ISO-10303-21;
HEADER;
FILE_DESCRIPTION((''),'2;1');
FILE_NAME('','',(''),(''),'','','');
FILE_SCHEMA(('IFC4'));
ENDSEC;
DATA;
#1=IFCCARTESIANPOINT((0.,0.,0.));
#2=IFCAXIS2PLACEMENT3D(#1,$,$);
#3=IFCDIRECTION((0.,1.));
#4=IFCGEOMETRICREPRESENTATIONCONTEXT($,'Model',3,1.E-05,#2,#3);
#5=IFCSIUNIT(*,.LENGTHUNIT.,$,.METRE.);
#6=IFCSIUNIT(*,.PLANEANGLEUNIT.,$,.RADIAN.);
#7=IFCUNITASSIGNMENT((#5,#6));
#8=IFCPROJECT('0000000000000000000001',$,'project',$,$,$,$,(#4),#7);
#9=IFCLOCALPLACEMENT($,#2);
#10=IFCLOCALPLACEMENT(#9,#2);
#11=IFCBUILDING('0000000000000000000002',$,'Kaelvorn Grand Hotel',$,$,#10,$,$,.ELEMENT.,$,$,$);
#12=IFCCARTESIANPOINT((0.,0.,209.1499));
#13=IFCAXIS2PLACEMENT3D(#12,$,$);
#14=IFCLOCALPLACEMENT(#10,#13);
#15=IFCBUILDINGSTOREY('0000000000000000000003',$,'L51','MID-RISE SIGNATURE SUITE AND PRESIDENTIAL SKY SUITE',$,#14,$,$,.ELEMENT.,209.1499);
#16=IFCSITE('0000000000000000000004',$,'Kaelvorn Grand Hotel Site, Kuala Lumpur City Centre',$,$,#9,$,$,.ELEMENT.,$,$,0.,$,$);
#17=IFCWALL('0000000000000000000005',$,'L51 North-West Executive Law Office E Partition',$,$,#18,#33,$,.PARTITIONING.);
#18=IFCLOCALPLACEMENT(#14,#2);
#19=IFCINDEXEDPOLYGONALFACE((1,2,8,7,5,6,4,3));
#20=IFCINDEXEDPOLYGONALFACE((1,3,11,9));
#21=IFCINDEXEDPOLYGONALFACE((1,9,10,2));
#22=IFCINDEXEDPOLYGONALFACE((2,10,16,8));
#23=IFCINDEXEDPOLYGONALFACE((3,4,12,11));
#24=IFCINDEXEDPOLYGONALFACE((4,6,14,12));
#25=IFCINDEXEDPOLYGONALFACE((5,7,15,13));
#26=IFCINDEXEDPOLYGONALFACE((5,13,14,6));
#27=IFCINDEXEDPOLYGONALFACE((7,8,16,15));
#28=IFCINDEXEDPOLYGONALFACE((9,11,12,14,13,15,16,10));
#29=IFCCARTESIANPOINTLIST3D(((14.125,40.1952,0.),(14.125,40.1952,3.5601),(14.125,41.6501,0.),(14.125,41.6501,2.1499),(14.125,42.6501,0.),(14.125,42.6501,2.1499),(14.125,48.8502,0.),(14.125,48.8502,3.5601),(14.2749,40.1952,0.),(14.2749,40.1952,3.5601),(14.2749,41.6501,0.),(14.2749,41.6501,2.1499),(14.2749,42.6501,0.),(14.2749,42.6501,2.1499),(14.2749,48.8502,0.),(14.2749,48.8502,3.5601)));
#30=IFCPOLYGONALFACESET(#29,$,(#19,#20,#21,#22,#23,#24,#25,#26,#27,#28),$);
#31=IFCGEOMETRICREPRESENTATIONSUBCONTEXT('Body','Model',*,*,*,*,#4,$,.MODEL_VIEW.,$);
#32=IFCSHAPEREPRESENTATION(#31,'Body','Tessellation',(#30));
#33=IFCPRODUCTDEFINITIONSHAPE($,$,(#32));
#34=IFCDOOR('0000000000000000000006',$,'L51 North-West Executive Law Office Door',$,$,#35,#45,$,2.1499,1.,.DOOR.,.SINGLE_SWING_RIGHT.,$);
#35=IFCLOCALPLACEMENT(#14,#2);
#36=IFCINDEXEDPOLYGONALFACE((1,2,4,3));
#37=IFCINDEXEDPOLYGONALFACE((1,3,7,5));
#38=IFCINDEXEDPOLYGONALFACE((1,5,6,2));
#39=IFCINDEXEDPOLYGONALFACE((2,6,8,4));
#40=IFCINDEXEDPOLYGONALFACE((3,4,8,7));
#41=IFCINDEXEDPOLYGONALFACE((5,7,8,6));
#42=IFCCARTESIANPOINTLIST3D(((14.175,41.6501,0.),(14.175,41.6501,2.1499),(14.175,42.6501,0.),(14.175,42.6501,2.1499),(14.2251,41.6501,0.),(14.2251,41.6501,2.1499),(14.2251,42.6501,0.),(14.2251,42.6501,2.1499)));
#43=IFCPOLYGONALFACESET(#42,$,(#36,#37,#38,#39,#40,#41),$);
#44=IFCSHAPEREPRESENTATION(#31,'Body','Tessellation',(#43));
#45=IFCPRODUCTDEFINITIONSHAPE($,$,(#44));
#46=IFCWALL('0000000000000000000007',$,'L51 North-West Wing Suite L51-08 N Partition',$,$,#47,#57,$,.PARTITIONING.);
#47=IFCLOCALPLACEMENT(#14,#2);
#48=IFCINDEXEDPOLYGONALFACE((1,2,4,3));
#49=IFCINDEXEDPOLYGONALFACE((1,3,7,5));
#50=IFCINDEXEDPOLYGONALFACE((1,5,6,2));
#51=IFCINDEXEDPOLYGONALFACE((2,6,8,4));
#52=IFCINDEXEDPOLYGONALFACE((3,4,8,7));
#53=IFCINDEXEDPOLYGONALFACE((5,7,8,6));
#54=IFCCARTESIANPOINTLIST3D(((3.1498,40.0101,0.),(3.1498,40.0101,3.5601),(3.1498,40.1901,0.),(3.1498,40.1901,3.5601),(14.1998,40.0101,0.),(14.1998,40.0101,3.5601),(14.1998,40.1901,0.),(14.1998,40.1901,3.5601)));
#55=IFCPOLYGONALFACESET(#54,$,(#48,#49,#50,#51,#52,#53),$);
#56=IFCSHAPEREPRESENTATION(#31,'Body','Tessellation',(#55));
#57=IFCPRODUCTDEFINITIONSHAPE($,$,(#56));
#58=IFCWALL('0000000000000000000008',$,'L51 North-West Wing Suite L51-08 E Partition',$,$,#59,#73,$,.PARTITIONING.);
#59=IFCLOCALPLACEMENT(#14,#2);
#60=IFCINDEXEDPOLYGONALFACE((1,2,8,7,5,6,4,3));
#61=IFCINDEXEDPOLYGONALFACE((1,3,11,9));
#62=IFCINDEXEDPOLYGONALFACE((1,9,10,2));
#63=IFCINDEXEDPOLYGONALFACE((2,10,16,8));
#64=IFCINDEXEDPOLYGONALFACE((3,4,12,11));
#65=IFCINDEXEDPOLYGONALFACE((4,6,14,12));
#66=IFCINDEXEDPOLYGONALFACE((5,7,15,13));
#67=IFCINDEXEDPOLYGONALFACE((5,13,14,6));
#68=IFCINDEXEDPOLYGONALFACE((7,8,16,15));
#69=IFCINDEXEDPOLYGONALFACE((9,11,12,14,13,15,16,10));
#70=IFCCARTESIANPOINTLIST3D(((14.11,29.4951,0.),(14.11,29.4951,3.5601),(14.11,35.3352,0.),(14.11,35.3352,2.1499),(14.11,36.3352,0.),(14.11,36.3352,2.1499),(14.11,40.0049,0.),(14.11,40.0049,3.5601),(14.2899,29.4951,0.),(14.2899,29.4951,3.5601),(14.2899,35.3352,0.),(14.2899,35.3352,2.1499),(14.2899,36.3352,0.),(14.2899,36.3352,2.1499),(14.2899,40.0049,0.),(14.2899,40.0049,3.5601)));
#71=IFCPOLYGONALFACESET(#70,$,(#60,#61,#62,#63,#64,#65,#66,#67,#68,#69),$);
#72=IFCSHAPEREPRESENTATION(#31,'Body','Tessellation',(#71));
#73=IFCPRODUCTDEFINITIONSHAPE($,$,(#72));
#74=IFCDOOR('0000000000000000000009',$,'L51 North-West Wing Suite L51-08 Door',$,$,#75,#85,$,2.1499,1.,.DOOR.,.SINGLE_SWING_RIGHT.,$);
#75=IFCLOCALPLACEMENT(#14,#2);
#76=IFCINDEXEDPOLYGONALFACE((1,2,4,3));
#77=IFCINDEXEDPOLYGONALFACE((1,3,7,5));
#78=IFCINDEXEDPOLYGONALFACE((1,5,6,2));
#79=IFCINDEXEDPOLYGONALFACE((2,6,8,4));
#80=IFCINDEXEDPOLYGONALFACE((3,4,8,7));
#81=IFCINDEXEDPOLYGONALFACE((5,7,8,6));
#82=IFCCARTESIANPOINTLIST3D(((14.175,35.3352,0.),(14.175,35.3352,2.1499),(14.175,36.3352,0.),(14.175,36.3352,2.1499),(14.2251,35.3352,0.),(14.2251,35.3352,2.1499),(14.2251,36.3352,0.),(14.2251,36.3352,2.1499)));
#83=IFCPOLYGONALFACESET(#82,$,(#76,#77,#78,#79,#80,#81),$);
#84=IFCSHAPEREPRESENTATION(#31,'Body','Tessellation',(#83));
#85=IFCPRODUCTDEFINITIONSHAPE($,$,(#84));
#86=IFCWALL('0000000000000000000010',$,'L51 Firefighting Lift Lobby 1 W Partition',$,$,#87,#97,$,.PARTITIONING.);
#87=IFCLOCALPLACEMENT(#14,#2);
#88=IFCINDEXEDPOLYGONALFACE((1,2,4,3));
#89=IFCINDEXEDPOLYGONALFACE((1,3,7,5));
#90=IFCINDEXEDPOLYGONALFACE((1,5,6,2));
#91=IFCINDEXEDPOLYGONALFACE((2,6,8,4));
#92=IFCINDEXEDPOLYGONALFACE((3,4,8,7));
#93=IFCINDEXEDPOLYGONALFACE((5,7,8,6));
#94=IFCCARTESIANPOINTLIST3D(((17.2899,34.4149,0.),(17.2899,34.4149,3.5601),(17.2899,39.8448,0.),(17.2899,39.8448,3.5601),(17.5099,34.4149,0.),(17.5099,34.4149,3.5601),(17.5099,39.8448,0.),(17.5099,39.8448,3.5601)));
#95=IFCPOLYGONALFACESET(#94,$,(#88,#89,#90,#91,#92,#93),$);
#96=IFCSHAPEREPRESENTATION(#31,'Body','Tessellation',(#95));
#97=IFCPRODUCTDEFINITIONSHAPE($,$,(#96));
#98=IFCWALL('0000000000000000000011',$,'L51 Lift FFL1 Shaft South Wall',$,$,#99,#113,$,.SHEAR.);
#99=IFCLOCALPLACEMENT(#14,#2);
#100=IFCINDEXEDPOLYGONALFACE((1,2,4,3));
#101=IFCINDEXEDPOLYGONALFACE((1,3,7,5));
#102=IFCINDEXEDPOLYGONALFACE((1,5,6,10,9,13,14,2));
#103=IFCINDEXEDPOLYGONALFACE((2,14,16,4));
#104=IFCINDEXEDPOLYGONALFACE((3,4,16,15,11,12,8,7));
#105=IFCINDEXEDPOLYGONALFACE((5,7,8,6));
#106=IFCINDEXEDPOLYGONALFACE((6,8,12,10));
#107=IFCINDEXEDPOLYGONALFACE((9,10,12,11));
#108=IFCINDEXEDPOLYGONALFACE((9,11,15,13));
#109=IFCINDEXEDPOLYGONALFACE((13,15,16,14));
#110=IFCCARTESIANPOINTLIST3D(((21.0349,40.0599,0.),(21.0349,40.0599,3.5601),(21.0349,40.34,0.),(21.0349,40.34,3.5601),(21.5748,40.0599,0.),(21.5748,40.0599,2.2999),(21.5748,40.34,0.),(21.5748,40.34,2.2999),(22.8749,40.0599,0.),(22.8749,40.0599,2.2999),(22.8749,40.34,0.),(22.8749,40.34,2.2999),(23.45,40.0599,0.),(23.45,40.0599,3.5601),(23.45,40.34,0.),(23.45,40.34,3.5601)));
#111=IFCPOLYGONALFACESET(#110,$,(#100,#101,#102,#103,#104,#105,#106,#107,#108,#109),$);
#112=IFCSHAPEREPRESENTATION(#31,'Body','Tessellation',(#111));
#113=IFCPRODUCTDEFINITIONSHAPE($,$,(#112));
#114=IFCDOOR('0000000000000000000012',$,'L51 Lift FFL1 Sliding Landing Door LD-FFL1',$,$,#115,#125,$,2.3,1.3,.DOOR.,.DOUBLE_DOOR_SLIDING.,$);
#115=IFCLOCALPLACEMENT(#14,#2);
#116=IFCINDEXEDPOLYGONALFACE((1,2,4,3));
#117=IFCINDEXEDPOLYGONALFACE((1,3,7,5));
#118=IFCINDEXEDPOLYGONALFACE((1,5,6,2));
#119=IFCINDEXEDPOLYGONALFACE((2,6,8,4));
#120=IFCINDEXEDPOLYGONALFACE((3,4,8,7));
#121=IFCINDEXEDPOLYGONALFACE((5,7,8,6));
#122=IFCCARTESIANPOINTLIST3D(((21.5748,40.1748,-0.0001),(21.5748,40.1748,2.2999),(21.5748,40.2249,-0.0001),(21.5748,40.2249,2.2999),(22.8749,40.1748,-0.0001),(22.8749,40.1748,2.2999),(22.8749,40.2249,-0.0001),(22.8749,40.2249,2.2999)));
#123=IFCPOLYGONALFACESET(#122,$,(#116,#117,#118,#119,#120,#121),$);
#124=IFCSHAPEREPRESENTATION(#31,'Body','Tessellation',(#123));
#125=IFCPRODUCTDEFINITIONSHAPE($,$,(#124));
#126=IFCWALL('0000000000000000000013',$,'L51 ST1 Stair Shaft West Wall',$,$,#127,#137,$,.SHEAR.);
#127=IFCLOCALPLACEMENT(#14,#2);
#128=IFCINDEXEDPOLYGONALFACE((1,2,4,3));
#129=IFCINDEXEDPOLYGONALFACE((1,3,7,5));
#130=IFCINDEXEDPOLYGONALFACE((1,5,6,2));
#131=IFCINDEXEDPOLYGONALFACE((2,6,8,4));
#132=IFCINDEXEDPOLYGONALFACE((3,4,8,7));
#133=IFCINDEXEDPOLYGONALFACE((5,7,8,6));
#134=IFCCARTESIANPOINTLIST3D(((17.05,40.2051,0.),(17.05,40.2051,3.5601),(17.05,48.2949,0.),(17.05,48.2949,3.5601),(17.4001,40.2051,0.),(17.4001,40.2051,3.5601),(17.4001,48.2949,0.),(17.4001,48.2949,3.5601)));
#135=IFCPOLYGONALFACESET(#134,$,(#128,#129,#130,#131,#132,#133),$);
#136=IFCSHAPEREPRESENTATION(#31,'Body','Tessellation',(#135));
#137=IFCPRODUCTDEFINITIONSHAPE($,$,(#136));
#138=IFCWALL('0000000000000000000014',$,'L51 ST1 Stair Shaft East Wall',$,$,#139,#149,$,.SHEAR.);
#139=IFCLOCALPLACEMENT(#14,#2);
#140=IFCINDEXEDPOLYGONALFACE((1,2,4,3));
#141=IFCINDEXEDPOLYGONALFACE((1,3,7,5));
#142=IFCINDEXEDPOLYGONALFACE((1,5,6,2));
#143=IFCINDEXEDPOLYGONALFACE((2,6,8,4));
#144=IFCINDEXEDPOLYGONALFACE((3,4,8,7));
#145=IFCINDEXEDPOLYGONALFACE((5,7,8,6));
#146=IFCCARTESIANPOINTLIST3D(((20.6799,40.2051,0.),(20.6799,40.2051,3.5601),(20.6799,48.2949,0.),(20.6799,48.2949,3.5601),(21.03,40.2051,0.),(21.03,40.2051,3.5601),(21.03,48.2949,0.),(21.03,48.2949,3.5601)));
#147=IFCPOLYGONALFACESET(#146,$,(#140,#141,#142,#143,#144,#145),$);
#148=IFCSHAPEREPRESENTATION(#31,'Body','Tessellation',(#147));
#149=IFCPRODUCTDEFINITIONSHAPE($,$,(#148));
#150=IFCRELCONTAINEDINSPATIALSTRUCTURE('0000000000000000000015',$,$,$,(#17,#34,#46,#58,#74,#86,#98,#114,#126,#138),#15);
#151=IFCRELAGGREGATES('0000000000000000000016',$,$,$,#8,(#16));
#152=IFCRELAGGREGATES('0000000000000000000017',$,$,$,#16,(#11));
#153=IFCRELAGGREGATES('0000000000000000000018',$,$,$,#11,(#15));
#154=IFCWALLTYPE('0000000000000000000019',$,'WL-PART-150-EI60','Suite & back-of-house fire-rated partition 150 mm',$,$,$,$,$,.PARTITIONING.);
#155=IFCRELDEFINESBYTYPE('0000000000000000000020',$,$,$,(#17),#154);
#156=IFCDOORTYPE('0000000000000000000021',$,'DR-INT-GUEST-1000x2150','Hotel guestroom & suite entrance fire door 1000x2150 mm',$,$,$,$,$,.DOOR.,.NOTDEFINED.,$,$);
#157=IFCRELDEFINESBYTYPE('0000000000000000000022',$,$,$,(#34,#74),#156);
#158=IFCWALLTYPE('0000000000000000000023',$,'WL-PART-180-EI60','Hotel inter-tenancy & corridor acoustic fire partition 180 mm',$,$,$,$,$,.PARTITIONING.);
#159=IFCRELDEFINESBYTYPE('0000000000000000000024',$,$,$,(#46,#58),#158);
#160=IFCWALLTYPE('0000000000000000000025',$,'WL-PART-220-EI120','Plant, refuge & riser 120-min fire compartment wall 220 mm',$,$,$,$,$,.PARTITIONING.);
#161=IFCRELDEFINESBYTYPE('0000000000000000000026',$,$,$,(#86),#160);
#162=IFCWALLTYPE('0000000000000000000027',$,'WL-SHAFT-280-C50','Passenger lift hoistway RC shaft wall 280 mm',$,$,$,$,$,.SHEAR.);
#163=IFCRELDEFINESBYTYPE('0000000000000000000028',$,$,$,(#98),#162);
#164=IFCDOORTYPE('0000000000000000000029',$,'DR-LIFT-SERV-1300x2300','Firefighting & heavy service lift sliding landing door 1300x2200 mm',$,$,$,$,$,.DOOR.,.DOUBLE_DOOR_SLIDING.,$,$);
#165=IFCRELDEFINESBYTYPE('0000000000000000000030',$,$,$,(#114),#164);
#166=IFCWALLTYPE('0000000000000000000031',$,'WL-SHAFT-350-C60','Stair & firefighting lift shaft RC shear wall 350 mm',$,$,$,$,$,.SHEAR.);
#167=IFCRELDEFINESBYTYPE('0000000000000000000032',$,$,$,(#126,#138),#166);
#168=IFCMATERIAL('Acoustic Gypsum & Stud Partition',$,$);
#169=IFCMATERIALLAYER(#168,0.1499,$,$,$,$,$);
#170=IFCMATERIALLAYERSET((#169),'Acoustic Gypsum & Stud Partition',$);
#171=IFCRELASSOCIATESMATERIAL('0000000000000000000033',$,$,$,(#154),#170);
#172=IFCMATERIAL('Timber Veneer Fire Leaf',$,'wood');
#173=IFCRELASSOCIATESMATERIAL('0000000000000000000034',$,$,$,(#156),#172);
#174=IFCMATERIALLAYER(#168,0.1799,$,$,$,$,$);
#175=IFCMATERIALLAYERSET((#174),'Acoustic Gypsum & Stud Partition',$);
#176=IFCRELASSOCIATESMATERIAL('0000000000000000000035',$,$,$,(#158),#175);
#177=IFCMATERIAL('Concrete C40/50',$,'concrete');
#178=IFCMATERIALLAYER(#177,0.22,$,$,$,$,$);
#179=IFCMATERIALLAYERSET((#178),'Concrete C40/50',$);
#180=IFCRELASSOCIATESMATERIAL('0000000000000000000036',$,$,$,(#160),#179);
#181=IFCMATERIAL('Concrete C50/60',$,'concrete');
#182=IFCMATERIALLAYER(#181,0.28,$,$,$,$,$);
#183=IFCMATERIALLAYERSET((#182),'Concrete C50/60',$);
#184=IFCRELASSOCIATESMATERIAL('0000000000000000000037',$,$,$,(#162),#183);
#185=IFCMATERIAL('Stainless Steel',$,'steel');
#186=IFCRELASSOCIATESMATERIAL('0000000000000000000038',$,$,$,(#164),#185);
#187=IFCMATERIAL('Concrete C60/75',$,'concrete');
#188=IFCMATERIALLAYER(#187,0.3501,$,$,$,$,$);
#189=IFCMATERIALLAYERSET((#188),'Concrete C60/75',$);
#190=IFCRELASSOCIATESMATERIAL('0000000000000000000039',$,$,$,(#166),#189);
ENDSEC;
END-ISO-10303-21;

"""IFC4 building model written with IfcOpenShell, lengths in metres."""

from ifc_helpers import new_model, si_unit, direction, frame, frame_2d, origin, place, context, subcontext, project, spatial, rectangle, extrude, material, layer, layer_set, type_object, element, fill, save


model = new_model("IFC4")

# Units and contexts
model_context = context("Model", 3, precision=1e-05, world=origin(), true_north=direction((0.0, 1.0)))
body_context = subcontext(model_context, "Body", "Model", "MODEL_VIEW")
ifc_project = project(units=[si_unit("LENGTHUNIT", "METRE"), si_unit("PLANEANGLEUNIT", "RADIAN")], contexts=[model_context])

# Site, building, storey
site_placement = place(None, origin())
site = spatial("IfcSite", under=ifc_project, at=site_placement, Name="Kaelvorn Grand Hotel Site, Kuala Lumpur City Centre", CompositionType="ELEMENT", RefElevation=0.0)
building_placement = place(site_placement, origin())
building = spatial("IfcBuilding", under=site, at=building_placement, Name="Kaelvorn Grand Hotel", CompositionType="ELEMENT")
storey_placement = place(building_placement, frame((0.0, 0.0, 209.1499)))
storey = spatial("IfcBuildingStorey", under=building, at=storey_placement, Name="L51", Description="MID-RISE SIGNATURE SUITE AND PRESIDENTIAL SKY SUITE", CompositionType="ELEMENT", Elevation=209.1499)

# Shared definitions
ifc_material_1 = material(Name="Concrete C60/75", Category="concrete")

# Shared definitions
ifc_material_2 = material(Name="Concrete C50/60", Category="concrete")

# Wall, opening, door
ifc_material_3 = material(Name="Acoustic Gypsum & Stud Partition")
ifc_layer_1 = layer(ifc_material_3, 0.1499)
ifc_layer_set_1 = layer_set([ifc_layer_1], Name="Acoustic Gypsum & Stud Partition")
wall_type_1 = type_object("IfcWallType", Name="WL-PART-150-EI60", Description="Suite & back-of-house fire-rated partition 150 mm", PredefinedType="PARTITIONING", material=ifc_layer_set_1)
wall_1_placement = place(storey_placement, frame((14.2, 40.1951, 0.0), z_axis=(0.0, 0.0, 1.0), x_axis=(0.0, 1.0, 0.0)))
wall_1 = element("IfcWall", 1, at=wall_1_placement, inside=storey, type_object=wall_type_1, Name="L51 North-West Executive Law Office E Partition", PredefinedType="PARTITIONING", context=body_context, shape_type="SweptSolid", body=[
    extrude(rectangle(XDim=8.655, YDim=0.1499, at=frame_2d((4.3276, 0.0))), origin(), (0.0, 0.0, 1.0), 3.5601),
])
opening_1_placement = place(wall_1_placement, frame((1.4551, 0.0, 0.0)))
opening_1 = element("IfcOpeningElement", 2, at=opening_1_placement, cuts=wall_1, PredefinedType="OPENING", context=body_context, shape_type="SweptSolid", body=[
    extrude(rectangle(XDim=1.0, YDim=2.1499, at=frame_2d((0.5, 1.075))), frame((0.0, 0.085, 0.0), z_axis=(0.0, -1.0, 0.0), x_axis=(1.0, 0.0, 0.0)), (0.0, 0.0, 1.0), 0.1699),
])
ifc_material_4 = material(Name="Timber Veneer Fire Leaf", Category="wood")
door_type_1 = type_object("IfcDoorType", Name="DR-INT-GUEST-1000x2150", Description="Hotel guestroom & suite entrance fire door 1000x2150 mm", OperationType="NOTDEFINED", PredefinedType="DOOR", material=ifc_material_4)
door_1_placement = place(opening_1_placement, origin())
door_1 = element("IfcDoor", 3, at=door_1_placement, inside=storey, type_object=door_type_1, Name="L51 North-West Executive Law Office Door", OperationType="SINGLE_SWING_RIGHT", OverallHeight=2.1499, OverallWidth=1.0, PredefinedType="DOOR", context=body_context, shape_type="SweptSolid", body=[
    extrude(rectangle(XDim=1.0, YDim=2.1499, at=frame_2d((0.5, 1.075))), frame((0.0, 0.0249, 0.0), z_axis=(0.0, -1.0, 0.0), x_axis=(1.0, 0.0, 0.0)), (0.0, 0.0, 1.0), 0.05),
])
fill(opening_1, door_1)

# Wall
ifc_layer_2 = layer(ifc_material_3, 0.1799)
ifc_layer_set_2 = layer_set([ifc_layer_2], Name="Acoustic Gypsum & Stud Partition")
wall_type_2 = type_object("IfcWallType", Name="WL-PART-180-EI60", Description="Hotel inter-tenancy & corridor acoustic fire partition 180 mm", PredefinedType="PARTITIONING", material=ifc_layer_set_2)
wall_2_placement = place(storey_placement, frame((3.1499, 40.1001, 0.0), z_axis=(0.0, 0.0, 1.0), x_axis=(1.0, 0.0, 0.0)))
element("IfcWall", 4, at=wall_2_placement, inside=storey, type_object=wall_type_2, Name="L51 North-West Wing Suite L51-08 N Partition", PredefinedType="PARTITIONING", context=body_context, shape_type="SweptSolid", body=[
    extrude(rectangle(XDim=11.05, YDim=0.1799, at=frame_2d((5.5249, 0.0))), origin(), (0.0, 0.0, 1.0), 3.5601),
])

# Wall, opening, door
wall_3_placement = place(storey_placement, frame((14.2, 29.4951, 0.0), z_axis=(0.0, 0.0, 1.0), x_axis=(0.0, 1.0, 0.0)))
wall_3 = element("IfcWall", 5, at=wall_3_placement, inside=storey, type_object=wall_type_2, Name="L51 North-West Wing Suite L51-08 E Partition", PredefinedType="PARTITIONING", context=body_context, shape_type="SweptSolid", body=[
    extrude(rectangle(XDim=10.5098, YDim=0.1799, at=frame_2d((5.2549, 0.0))), origin(), (0.0, 0.0, 1.0), 3.5601),
])
opening_2_placement = place(wall_3_placement, frame((5.8401, 0.0, 0.0)))
opening_2 = element("IfcOpeningElement", 6, at=opening_2_placement, cuts=wall_3, PredefinedType="OPENING", context=body_context, shape_type="SweptSolid", body=[
    extrude(rectangle(XDim=1.0, YDim=2.1499, at=frame_2d((0.5, 1.075))), frame((0.0, 0.1001, 0.0), z_axis=(0.0, -1.0, 0.0), x_axis=(1.0, 0.0, 0.0)), (0.0, 0.0, 1.0), 0.2),
])
door_2_placement = place(opening_2_placement, origin())
door_2 = element("IfcDoor", 7, at=door_2_placement, inside=storey, type_object=door_type_1, Name="L51 North-West Wing Suite L51-08 Door", OperationType="SINGLE_SWING_RIGHT", OverallHeight=2.1499, OverallWidth=1.0, PredefinedType="DOOR", context=body_context, shape_type="SweptSolid", body=[
    extrude(rectangle(XDim=1.0, YDim=2.1499, at=frame_2d((0.5, 1.075))), frame((0.0, 0.0249, 0.0), z_axis=(0.0, -1.0, 0.0), x_axis=(1.0, 0.0, 0.0)), (0.0, 0.0, 1.0), 0.05),
])
fill(opening_2, door_2)
ifc_material_5 = material(Name="Concrete C40/50", Category="concrete")
ifc_layer_3 = layer(ifc_material_5, 0.22)
ifc_layer_set_3 = layer_set([ifc_layer_3], Name="Concrete C40/50")
wall_type_3 = type_object("IfcWallType", Name="WL-PART-220-EI120", Description="Plant, refuge & riser 120-min fire compartment wall 220 mm", PredefinedType="PARTITIONING", material=ifc_layer_set_3)

# Wall
wall_4_placement = place(storey_placement, frame((17.3999, 34.415, 0.0), z_axis=(0.0, 0.0, 1.0), x_axis=(0.0, 1.0, 0.0)))
element("IfcWall", 8, at=wall_4_placement, inside=storey, type_object=wall_type_3, Name="L51 Firefighting Lift Lobby 1 W Partition", PredefinedType="PARTITIONING", context=body_context, shape_type="SweptSolid", body=[
    extrude(rectangle(XDim=5.4299, YDim=0.22, at=frame_2d((2.7148, 0.0))), origin(), (0.0, 0.0, 1.0), 3.5601),
])

# Wall, opening, door
ifc_layer_4 = layer(ifc_material_2, 0.28)
ifc_layer_set_4 = layer_set([ifc_layer_4], Name="Concrete C50/60")
wall_type_4 = type_object("IfcWallType", Name="WL-SHAFT-280-C50", Description="Passenger lift hoistway RC shaft wall 280 mm", PredefinedType="SHEAR", material=ifc_layer_set_4)
wall_5_placement = place(storey_placement, frame((21.0349, 40.2, 0.0), z_axis=(0.0, 0.0, 1.0), x_axis=(1.0, 0.0, 0.0)))
wall_5 = element("IfcWall", 9, at=wall_5_placement, inside=storey, type_object=wall_type_4, Name="L51 Lift FFL1 Shaft South Wall", PredefinedType="SHEAR", context=body_context, shape_type="SweptSolid", body=[
    extrude(rectangle(XDim=2.415, YDim=0.28, at=frame_2d((1.2075, 0.0))), origin(), (0.0, 0.0, 1.0), 3.5601),
])
opening_3_placement = place(wall_5_placement, frame((0.54, 0.0, 0.0)))
opening_3 = element("IfcOpeningElement", 10, at=opening_3_placement, cuts=wall_5, PredefinedType="OPENING", context=body_context, shape_type="SweptSolid", body=[
    extrude(rectangle(XDim=1.3, YDim=2.3, at=frame_2d((0.6499, 1.1499))), frame((0.0, 0.1499, 0.0), z_axis=(0.0, -1.0, 0.0), x_axis=(1.0, 0.0, 0.0)), (0.0, 0.0, 1.0), 0.3),
])
ifc_material_6 = material(Name="Stainless Steel", Category="steel")
door_type_2 = type_object("IfcDoorType", Name="DR-LIFT-SERV-1300x2300", Description="Firefighting & heavy service lift sliding landing door 1300x2200 mm", OperationType="DOUBLE_DOOR_SLIDING", PredefinedType="DOOR", material=ifc_material_6)
door_3_placement = place(opening_3_placement, origin())
door_3 = element("IfcDoor", 11, at=door_3_placement, inside=storey, type_object=door_type_2, Name="L51 Lift FFL1 Sliding Landing Door LD-FFL1", OperationType="DOUBLE_DOOR_SLIDING", OverallHeight=2.3, OverallWidth=1.3, PredefinedType="DOOR", context=body_context, shape_type="SweptSolid", body=[
    extrude(rectangle(XDim=1.3, YDim=2.3, at=frame_2d((0.6499, 1.1499))), frame((0.0, 0.0249, 0.0), z_axis=(0.0, -1.0, 0.0), x_axis=(1.0, 0.0, 0.0)), (0.0, 0.0, 1.0), 0.05),
])
fill(opening_3, door_3)
ifc_layer_5 = layer(ifc_material_1, 0.3501)
ifc_layer_set_5 = layer_set([ifc_layer_5], Name="Concrete C60/75")
wall_type_5 = type_object("IfcWallType", Name="WL-SHAFT-350-C60", Description="Stair & firefighting lift shaft RC shear wall 350 mm", PredefinedType="SHEAR", material=ifc_layer_set_5)

# Walls
for number, where, z_axis, x_axis, name in (
    (12, (17.2251, 40.2051, 0.0), (0.0, 0.0, 1.0), (0.0, 1.0, 0.0), "L51 ST1 Stair Shaft West Wall"),
    (13, (20.855, 40.2051, 0.0), (0.0, 0.0, 1.0), (0.0, 1.0, 0.0), "L51 ST1 Stair Shaft East Wall"),
):
    element("IfcWall", number, at=place(storey_placement, frame(where, z_axis=z_axis, x_axis=x_axis)), inside=storey, type_object=wall_type_5, Name=name, PredefinedType="SHEAR", context=body_context, shape_type="SweptSolid", body=[
        extrude(rectangle(XDim=8.0898, YDim=0.3501, at=frame_2d((4.0449, 0.0))), origin(), (0.0, 0.0, 1.0), 3.5601),
    ])

save(model, "model.ifc")
